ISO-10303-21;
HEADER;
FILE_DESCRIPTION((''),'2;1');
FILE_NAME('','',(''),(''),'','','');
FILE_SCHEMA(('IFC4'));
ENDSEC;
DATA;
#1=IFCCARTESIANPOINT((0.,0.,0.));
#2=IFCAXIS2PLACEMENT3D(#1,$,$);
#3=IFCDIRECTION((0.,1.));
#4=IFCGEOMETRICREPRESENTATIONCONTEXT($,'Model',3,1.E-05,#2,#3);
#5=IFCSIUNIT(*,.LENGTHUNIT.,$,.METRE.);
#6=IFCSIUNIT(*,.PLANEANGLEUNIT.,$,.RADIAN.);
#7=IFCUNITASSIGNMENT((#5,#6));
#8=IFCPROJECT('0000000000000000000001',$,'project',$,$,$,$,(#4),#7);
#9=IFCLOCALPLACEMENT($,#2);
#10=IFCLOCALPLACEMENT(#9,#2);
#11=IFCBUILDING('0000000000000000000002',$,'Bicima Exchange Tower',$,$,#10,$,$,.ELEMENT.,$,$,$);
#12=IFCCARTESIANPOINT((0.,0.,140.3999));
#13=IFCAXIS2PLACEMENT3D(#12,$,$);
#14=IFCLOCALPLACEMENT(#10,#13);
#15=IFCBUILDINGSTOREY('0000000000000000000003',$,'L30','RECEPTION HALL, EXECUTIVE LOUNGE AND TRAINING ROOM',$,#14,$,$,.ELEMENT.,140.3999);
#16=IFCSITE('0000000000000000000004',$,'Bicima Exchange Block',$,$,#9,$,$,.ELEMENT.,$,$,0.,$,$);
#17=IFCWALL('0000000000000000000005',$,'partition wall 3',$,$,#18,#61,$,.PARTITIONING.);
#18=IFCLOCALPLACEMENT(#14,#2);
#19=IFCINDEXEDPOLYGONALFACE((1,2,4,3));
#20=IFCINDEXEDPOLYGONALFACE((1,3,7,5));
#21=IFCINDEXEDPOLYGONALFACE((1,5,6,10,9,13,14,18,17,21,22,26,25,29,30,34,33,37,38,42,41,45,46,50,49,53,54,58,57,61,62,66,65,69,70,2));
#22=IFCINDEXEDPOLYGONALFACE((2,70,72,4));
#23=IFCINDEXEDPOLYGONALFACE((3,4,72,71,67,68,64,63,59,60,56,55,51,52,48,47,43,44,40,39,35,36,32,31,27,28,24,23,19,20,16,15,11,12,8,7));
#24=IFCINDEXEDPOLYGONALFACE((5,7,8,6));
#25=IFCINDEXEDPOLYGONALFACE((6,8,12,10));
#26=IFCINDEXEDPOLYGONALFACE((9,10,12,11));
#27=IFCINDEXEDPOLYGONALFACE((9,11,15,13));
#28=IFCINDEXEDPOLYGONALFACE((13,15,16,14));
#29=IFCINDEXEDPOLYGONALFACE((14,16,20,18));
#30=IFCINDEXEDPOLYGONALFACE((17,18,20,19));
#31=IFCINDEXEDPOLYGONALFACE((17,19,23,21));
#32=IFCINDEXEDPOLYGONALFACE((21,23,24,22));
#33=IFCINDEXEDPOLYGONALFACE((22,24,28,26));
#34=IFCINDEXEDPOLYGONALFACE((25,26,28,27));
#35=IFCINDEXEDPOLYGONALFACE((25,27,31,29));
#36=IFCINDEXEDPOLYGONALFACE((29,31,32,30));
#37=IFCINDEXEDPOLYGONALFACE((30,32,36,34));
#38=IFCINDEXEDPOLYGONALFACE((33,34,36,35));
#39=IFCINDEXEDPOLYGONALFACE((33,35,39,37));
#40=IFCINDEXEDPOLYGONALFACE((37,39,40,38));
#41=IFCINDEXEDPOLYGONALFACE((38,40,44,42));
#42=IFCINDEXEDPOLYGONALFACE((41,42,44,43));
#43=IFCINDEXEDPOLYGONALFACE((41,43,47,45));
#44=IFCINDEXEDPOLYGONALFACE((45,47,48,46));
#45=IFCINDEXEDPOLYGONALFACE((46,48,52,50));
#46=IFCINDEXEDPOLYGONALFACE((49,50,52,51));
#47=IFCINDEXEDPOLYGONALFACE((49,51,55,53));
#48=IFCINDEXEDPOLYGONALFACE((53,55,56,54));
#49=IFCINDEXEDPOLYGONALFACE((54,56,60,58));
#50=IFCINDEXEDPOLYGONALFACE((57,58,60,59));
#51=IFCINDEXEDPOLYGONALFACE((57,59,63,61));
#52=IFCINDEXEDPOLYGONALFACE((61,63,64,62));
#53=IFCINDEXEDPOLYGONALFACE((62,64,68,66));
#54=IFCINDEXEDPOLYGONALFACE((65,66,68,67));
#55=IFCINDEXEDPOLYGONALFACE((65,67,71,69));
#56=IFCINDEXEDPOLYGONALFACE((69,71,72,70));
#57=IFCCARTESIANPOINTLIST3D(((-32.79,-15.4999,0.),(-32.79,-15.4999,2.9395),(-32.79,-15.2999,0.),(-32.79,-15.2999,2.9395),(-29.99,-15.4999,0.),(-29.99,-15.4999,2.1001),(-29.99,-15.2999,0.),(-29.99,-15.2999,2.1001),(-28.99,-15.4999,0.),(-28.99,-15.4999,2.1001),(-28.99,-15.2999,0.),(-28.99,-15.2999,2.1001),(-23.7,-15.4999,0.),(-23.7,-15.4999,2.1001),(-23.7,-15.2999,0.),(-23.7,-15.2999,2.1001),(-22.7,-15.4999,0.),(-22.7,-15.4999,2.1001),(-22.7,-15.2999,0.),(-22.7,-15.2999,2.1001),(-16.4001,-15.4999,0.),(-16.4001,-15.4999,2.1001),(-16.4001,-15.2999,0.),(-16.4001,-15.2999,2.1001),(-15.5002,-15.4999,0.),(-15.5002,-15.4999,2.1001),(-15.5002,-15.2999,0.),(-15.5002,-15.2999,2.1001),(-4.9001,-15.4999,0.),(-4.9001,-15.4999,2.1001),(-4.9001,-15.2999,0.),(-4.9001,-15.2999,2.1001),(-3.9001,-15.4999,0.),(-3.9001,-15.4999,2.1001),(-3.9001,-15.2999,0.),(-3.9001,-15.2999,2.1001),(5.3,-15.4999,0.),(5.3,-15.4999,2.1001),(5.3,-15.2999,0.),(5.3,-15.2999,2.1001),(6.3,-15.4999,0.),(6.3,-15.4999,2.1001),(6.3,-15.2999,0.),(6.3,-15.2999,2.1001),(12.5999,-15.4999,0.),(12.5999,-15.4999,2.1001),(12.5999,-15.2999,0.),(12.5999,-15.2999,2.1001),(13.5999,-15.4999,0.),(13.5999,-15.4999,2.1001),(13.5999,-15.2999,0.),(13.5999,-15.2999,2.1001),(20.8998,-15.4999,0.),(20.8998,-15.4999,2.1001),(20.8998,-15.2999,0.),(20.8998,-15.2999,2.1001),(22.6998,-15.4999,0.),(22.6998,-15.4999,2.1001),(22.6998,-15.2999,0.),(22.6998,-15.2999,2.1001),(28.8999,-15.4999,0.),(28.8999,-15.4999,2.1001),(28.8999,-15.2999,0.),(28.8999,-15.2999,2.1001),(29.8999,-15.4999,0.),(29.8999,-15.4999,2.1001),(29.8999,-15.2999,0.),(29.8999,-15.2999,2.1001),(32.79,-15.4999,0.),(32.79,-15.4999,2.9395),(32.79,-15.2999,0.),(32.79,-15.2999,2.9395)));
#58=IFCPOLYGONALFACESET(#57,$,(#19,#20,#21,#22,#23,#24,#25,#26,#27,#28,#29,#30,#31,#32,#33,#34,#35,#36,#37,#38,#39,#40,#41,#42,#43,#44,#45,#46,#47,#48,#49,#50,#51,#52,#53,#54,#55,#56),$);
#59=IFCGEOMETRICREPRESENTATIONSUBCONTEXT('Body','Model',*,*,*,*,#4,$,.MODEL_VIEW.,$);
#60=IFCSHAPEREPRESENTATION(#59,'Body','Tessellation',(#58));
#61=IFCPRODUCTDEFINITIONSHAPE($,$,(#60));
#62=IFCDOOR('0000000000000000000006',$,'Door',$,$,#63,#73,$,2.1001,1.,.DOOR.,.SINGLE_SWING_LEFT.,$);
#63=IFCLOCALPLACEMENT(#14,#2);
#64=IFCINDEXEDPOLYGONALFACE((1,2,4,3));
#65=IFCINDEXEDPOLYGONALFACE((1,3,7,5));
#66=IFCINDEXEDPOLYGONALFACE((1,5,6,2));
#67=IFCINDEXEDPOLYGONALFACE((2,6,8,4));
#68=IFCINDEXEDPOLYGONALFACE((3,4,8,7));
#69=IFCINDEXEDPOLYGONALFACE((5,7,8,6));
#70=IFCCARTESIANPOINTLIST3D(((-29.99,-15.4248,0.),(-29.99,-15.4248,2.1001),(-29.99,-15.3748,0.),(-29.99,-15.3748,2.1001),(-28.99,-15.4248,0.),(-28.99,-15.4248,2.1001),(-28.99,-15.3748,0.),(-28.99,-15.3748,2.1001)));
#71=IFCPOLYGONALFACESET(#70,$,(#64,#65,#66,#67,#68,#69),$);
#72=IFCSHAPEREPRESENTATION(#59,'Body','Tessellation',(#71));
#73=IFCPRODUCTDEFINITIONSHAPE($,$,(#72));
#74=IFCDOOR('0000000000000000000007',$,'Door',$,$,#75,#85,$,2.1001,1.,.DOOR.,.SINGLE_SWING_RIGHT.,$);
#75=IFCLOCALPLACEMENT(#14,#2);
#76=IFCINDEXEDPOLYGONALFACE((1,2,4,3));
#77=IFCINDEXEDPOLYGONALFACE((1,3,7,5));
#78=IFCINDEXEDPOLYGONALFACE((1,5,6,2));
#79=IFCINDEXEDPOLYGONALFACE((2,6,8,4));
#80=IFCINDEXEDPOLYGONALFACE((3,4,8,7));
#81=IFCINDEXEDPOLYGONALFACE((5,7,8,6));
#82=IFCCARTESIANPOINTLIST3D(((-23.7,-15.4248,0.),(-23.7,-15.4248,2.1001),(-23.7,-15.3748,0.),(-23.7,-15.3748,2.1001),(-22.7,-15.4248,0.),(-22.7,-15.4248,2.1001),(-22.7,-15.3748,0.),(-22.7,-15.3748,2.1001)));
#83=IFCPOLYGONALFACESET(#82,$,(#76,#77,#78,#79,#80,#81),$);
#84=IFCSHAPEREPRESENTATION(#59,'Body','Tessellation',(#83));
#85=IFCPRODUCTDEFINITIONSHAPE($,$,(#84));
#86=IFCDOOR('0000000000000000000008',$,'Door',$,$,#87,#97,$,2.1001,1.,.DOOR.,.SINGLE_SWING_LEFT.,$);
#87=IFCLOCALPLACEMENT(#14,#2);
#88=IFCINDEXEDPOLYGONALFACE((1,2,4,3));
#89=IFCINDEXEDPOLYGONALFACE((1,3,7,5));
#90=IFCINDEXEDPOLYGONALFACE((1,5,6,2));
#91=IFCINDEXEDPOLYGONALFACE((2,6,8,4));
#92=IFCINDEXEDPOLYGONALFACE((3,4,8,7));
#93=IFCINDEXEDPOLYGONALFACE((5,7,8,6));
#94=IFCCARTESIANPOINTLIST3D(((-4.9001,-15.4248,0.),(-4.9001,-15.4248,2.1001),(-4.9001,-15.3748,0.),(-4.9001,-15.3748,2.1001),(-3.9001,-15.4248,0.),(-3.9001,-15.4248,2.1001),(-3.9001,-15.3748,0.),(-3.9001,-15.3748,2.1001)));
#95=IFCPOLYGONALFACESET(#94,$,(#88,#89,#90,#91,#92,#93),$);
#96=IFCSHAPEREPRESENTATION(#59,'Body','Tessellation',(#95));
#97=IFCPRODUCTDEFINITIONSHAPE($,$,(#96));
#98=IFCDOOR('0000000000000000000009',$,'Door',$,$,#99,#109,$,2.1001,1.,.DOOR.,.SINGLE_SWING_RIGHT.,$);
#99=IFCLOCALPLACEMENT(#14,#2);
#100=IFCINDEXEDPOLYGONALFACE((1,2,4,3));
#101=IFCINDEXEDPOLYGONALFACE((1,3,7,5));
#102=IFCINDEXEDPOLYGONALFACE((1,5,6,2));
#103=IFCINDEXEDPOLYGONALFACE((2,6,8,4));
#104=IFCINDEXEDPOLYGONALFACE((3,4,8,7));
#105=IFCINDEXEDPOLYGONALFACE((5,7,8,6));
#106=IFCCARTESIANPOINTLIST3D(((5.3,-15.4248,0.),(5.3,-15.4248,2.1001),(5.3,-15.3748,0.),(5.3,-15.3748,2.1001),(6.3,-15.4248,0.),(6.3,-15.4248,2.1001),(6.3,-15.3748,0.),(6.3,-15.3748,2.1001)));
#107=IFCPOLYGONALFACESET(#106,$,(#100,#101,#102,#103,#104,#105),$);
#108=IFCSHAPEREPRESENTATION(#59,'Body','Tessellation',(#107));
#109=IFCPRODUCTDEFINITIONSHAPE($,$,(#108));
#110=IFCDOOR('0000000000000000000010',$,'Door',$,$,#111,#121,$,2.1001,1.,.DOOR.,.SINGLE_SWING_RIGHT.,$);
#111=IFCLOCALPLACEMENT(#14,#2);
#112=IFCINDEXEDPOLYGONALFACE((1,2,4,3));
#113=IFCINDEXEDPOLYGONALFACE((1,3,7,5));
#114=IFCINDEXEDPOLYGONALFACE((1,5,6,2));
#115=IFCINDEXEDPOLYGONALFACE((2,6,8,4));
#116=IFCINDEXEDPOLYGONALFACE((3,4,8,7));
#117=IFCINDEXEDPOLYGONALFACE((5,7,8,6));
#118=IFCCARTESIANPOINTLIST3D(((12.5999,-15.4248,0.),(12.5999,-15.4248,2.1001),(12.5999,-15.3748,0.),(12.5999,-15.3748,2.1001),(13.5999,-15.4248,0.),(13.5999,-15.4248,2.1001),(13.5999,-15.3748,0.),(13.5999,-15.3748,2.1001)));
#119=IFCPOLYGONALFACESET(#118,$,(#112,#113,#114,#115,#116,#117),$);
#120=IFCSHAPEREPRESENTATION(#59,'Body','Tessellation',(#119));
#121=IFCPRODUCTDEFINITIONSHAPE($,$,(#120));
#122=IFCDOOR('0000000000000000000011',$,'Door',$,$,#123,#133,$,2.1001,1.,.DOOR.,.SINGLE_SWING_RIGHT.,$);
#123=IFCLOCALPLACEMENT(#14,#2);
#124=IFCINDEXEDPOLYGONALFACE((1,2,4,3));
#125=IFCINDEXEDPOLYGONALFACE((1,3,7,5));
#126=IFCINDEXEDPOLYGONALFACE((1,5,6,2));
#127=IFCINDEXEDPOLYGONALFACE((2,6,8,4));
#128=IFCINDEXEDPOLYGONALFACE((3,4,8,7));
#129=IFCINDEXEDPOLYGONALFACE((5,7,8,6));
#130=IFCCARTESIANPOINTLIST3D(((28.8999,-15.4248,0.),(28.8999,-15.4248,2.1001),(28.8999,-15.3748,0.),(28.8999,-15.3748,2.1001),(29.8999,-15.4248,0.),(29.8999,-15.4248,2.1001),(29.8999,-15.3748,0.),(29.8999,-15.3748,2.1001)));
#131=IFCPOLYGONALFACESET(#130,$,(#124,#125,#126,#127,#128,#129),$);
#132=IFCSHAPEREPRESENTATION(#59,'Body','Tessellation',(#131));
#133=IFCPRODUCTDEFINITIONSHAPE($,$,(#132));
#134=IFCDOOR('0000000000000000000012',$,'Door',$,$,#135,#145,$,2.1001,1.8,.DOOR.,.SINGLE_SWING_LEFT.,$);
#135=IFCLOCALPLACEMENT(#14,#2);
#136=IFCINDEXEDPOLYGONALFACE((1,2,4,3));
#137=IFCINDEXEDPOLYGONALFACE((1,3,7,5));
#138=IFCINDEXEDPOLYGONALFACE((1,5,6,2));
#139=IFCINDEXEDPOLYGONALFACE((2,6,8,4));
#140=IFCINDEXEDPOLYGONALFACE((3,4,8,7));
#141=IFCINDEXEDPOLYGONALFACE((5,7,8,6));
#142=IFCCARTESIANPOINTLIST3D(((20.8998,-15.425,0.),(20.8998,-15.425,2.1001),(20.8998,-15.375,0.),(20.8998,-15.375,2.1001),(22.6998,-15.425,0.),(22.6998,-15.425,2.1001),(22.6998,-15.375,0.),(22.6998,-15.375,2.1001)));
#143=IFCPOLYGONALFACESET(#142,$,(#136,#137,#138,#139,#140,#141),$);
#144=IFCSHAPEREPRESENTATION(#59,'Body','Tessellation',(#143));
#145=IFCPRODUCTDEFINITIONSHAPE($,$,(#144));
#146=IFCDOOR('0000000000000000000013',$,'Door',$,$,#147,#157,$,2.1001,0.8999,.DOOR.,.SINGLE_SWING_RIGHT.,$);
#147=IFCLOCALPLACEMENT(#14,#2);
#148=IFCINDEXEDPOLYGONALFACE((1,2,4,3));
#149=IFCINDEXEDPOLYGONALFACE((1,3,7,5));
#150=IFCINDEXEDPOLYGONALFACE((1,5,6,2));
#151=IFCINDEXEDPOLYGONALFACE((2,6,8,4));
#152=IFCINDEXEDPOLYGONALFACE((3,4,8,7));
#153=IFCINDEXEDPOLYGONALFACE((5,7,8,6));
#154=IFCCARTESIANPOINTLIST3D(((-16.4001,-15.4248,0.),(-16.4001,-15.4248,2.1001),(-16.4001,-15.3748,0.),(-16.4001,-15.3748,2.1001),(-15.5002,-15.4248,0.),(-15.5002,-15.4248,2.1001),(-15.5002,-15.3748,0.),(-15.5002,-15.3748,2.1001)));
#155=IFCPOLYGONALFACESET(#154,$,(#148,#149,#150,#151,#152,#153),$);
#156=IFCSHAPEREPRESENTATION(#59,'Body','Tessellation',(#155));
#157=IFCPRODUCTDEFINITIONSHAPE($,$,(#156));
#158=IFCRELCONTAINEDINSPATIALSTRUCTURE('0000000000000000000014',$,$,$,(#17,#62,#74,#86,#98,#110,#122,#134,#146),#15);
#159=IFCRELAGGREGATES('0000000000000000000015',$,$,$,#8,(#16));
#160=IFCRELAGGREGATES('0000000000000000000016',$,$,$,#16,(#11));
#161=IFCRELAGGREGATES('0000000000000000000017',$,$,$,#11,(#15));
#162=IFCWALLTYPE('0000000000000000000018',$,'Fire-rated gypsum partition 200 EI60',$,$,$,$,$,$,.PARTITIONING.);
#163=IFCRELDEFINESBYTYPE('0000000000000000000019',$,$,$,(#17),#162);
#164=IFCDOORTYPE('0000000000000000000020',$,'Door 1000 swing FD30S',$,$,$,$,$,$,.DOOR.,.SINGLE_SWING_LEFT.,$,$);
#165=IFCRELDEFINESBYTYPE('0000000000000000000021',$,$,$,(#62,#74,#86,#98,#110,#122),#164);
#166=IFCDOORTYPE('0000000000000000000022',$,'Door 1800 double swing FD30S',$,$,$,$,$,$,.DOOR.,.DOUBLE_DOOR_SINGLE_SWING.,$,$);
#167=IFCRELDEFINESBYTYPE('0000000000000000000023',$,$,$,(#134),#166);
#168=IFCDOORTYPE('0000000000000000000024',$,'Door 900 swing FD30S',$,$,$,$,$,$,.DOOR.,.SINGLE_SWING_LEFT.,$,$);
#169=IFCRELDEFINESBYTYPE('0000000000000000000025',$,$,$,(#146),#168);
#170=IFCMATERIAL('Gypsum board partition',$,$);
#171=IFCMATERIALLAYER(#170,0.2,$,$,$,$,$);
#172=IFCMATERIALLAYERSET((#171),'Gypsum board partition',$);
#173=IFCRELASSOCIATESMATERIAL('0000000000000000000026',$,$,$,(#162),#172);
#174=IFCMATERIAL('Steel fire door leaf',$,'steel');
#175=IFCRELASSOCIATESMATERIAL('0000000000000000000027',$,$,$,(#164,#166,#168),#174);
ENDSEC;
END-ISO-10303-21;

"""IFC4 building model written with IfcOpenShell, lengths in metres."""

from ifc_helpers import new_model, si_unit, direction, frame, frame_2d, origin, place, context, subcontext, project, spatial, rectangle, extrude, material, layer, layer_set, type_object, element, fill, save


model = new_model("IFC4")

# Units and contexts
model_context = context("Model", 3, precision=1e-05, world=origin(), true_north=direction((0.0, 1.0)))
body_context = subcontext(model_context, "Body", "Model", "MODEL_VIEW")
ifc_project = project(units=[si_unit("LENGTHUNIT", "METRE"), si_unit("PLANEANGLEUNIT", "RADIAN")], contexts=[model_context])

# Site, building, storey
site_placement = place(None, origin())
site = spatial("IfcSite", under=ifc_project, at=site_placement, Name="Bicima Exchange Block", CompositionType="ELEMENT", RefElevation=0.0)
building_placement = place(site_placement, origin())
building = spatial("IfcBuilding", under=site, at=building_placement, Name="Bicima Exchange Tower", CompositionType="ELEMENT")
storey_placement = place(building_placement, frame((0.0, 0.0, 140.3999)))
storey = spatial("IfcBuildingStorey", under=building, at=storey_placement, Name="L30", Description="RECEPTION HALL, EXECUTIVE LOUNGE AND TRAINING ROOM", CompositionType="ELEMENT", Elevation=140.3999)

# Wall, openings, doors
ifc_material_1 = material(Name="Gypsum board partition")
ifc_layer_1 = layer(ifc_material_1, 0.2)
ifc_layer_set_1 = layer_set([ifc_layer_1], Name="Gypsum board partition")
wall_type = type_object("IfcWallType", Name="Fire-rated gypsum partition 200 EI60", PredefinedType="PARTITIONING", material=ifc_layer_set_1)
wall_placement = place(storey_placement, frame((-32.79, -15.3999, 0.0), z_axis=(0.0, 0.0, 1.0), x_axis=(1.0, 0.0, 0.0)))
wall = element("IfcWall", 1, at=wall_placement, inside=storey, type_object=wall_type, Name="partition wall 3", PredefinedType="PARTITIONING", context=body_context, shape_type="SweptSolid", body=[
    extrude(rectangle(XDim=65.5801, YDim=0.2, at=frame_2d((32.79, 0.0))), origin(), (0.0, 0.0, 1.0), 2.9395),
])
opening_1_placement = place(wall_placement, frame((2.8, 0.0, 0.0)))
opening_1 = element("IfcOpeningElement", 2, at=opening_1_placement, cuts=wall, PredefinedType="OPENING", context=body_context, shape_type="SweptSolid", body=[
    extrude(rectangle(XDim=1.0, YDim=2.1001, at=frame_2d((0.5, 1.05))), frame((0.0, 0.1118, 0.0), z_axis=(0.0, -1.0, 0.0), x_axis=(1.0, 0.0, 0.0)), (0.0, 0.0, 1.0), 0.2239),
])
opening_2_placement = place(wall_placement, frame((9.0901, 0.0, 0.0)))
opening_2 = element("IfcOpeningElement", 3, at=opening_2_placement, cuts=wall, PredefinedType="OPENING", context=body_context, shape_type="SweptSolid", body=[
    extrude(rectangle(XDim=1.0, YDim=2.1001, at=frame_2d((0.5, 1.05))), frame((0.0, 0.1118, 0.0), z_axis=(0.0, -1.0, 0.0), x_axis=(1.0, 0.0, 0.0)), (0.0, 0.0, 1.0), 0.2239),
])
opening_3_placement = place(wall_placement, frame((16.3899, 0.0, 0.0)))
opening_3 = element("IfcOpeningElement", 4, at=opening_3_placement, cuts=wall, PredefinedType="OPENING", context=body_context, shape_type="SweptSolid", body=[
    extrude(rectangle(XDim=0.8999, YDim=2.1001, at=frame_2d((0.45, 1.05))), frame((0.0, 0.1118, 0.0), z_axis=(0.0, -1.0, 0.0), x_axis=(1.0, 0.0, 0.0)), (0.0, 0.0, 1.0), 0.2239),
])
opening_4_placement = place(wall_placement, frame((27.8899, 0.0, 0.0)))
opening_4 = element("IfcOpeningElement", 5, at=opening_4_placement, cuts=wall, PredefinedType="OPENING", context=body_context, shape_type="SweptSolid", body=[
    extrude(rectangle(XDim=1.0, YDim=2.1001, at=frame_2d((0.5, 1.05))), frame((0.0, 0.1118, 0.0), z_axis=(0.0, -1.0, 0.0), x_axis=(1.0, 0.0, 0.0)), (0.0, 0.0, 1.0), 0.2239),
])
opening_5_placement = place(wall_placement, frame((38.0901, 0.0, 0.0)))
opening_5 = element("IfcOpeningElement", 6, at=opening_5_placement, cuts=wall, PredefinedType="OPENING", context=body_context, shape_type="SweptSolid", body=[
    extrude(rectangle(XDim=1.0, YDim=2.1001, at=frame_2d((0.5, 1.05))), frame((0.0, 0.1118, 0.0), z_axis=(0.0, -1.0, 0.0), x_axis=(1.0, 0.0, 0.0)), (0.0, 0.0, 1.0), 0.2239),
])
opening_6_placement = place(wall_placement, frame((45.3899, 0.0, 0.0)))
opening_6 = element("IfcOpeningElement", 7, at=opening_6_placement, cuts=wall, PredefinedType="OPENING", context=body_context, shape_type="SweptSolid", body=[
    extrude(rectangle(XDim=1.0, YDim=2.1001, at=frame_2d((0.5, 1.05))), frame((0.0, 0.1118, 0.0), z_axis=(0.0, -1.0, 0.0), x_axis=(1.0, 0.0, 0.0)), (0.0, 0.0, 1.0), 0.2239),
])
opening_7_placement = place(wall_placement, frame((53.6899, 0.0, 0.0)))
opening_7 = element("IfcOpeningElement", 8, at=opening_7_placement, cuts=wall, PredefinedType="OPENING", context=body_context, shape_type="SweptSolid", body=[
    extrude(rectangle(XDim=1.8, YDim=2.1001, at=frame_2d((0.8999, 1.05))), frame((0.0, 0.1118, 0.0), z_axis=(0.0, -1.0, 0.0), x_axis=(1.0, 0.0, 0.0)), (0.0, 0.0, 1.0), 0.2239),
])
opening_8_placement = place(wall_placement, frame((61.6899, 0.0, 0.0)))
opening_8 = element("IfcOpeningElement", 9, at=opening_8_placement, cuts=wall, PredefinedType="OPENING", context=body_context, shape_type="SweptSolid", body=[
    extrude(rectangle(XDim=1.0, YDim=2.1001, at=frame_2d((0.5, 1.05))), frame((0.0, 0.1118, 0.0), z_axis=(0.0, -1.0, 0.0), x_axis=(1.0, 0.0, 0.0)), (0.0, 0.0, 1.0), 0.2239),
])
ifc_material_2 = material(Name="Steel fire door leaf", Category="steel")
door_type_1 = type_object("IfcDoorType", Name="Door 1000 swing FD30S", OperationType="SINGLE_SWING_LEFT", PredefinedType="DOOR", material=ifc_material_2)
door_1_placement = place(opening_1_placement, frame((1.0, 0.0, 0.0), z_axis=(0.0, 0.0, 1.0), x_axis=(-1.0, 0.0, 0.0)))
door_1 = element("IfcDoor", 10, at=door_1_placement, inside=storey, type_object=door_type_1, Name="Door", OperationType="SINGLE_SWING_LEFT", OverallHeight=2.1001, OverallWidth=1.0, PredefinedType="DOOR", context=body_context, shape_type="SweptSolid", body=[
    extrude(rectangle(XDim=1.0, YDim=2.1001, at=frame_2d((0.5, 1.05))), frame((0.0, 0.0249, 0.0), z_axis=(0.0, -1.0, 0.0), x_axis=(1.0, 0.0, 0.0)), (0.0, 0.0, 1.0), 0.05),
])
fill(opening_1, door_1)
door_2_placement = place(opening_2_placement, frame((1.0, 0.0, 0.0), z_axis=(0.0, 0.0, 1.0), x_axis=(-1.0, 0.0, 0.0)))
door_2 = element("IfcDoor", 11, at=door_2_placement, inside=storey, type_object=door_type_1, Name="Door", OperationType="SINGLE_SWING_RIGHT", OverallHeight=2.1001, OverallWidth=1.0, PredefinedType="DOOR", context=body_context, shape_type="SweptSolid", body=[
    extrude(rectangle(XDim=1.0, YDim=2.1001, at=frame_2d((0.5, 1.05))), frame((0.0, 0.0249, 0.0), z_axis=(0.0, -1.0, 0.0), x_axis=(1.0, 0.0, 0.0)), (0.0, 0.0, 1.0), 0.05),
])
fill(opening_2, door_2)
door_3_placement = place(opening_4_placement, frame((1.0, 0.0, 0.0), z_axis=(0.0, 0.0, 1.0), x_axis=(-1.0, 0.0, 0.0)))
door_3 = element("IfcDoor", 12, at=door_3_placement, inside=storey, type_object=door_type_1, Name="Door", OperationType="SINGLE_SWING_LEFT", OverallHeight=2.1001, OverallWidth=1.0, PredefinedType="DOOR", context=body_context, shape_type="SweptSolid", body=[
    extrude(rectangle(XDim=1.0, YDim=2.1001, at=frame_2d((0.5, 1.05))), frame((0.0, 0.0249, 0.0), z_axis=(0.0, -1.0, 0.0), x_axis=(1.0, 0.0, 0.0)), (0.0, 0.0, 1.0), 0.05),
])
fill(opening_4, door_3)
door_4_placement = place(opening_5_placement, frame((1.0, 0.0, 0.0), z_axis=(0.0, 0.0, 1.0), x_axis=(-1.0, 0.0, 0.0)))
door_4 = element("IfcDoor", 13, at=door_4_placement, inside=storey, type_object=door_type_1, Name="Door", OperationType="SINGLE_SWING_RIGHT", OverallHeight=2.1001, OverallWidth=1.0, PredefinedType="DOOR", context=body_context, shape_type="SweptSolid", body=[
    extrude(rectangle(XDim=1.0, YDim=2.1001, at=frame_2d((0.5, 1.05))), frame((0.0, 0.0249, 0.0), z_axis=(0.0, -1.0, 0.0), x_axis=(1.0, 0.0, 0.0)), (0.0, 0.0, 1.0), 0.05),
])
fill(opening_5, door_4)
door_5_placement = place(opening_6_placement, frame((1.0, 0.0, 0.0), z_axis=(0.0, 0.0, 1.0), x_axis=(-1.0, 0.0, 0.0)))
door_5 = element("IfcDoor", 14, at=door_5_placement, inside=storey, type_object=door_type_1, Name="Door", OperationType="SINGLE_SWING_RIGHT", OverallHeight=2.1001, OverallWidth=1.0, PredefinedType="DOOR", context=body_context, shape_type="SweptSolid", body=[
    extrude(rectangle(XDim=1.0, YDim=2.1001, at=frame_2d((0.5, 1.05))), frame((0.0, 0.0249, 0.0), z_axis=(0.0, -1.0, 0.0), x_axis=(1.0, 0.0, 0.0)), (0.0, 0.0, 1.0), 0.05),
])
fill(opening_6, door_5)
door_6_placement = place(opening_8_placement, frame((1.0, 0.0, 0.0), z_axis=(0.0, 0.0, 1.0), x_axis=(-1.0, 0.0, 0.0)))
door_6 = element("IfcDoor", 15, at=door_6_placement, inside=storey, type_object=door_type_1, Name="Door", OperationType="SINGLE_SWING_RIGHT", OverallHeight=2.1001, OverallWidth=1.0, PredefinedType="DOOR", context=body_context, shape_type="SweptSolid", body=[
    extrude(rectangle(XDim=1.0, YDim=2.1001, at=frame_2d((0.5, 1.05))), frame((0.0, 0.0249, 0.0), z_axis=(0.0, -1.0, 0.0), x_axis=(1.0, 0.0, 0.0)), (0.0, 0.0, 1.0), 0.05),
])
fill(opening_8, door_6)
door_type_2 = type_object("IfcDoorType", Name="Door 1800 double swing FD30S", OperationType="DOUBLE_DOOR_SINGLE_SWING", PredefinedType="DOOR", material=ifc_material_2)
door_7_placement = place(opening_7_placement, origin())
door_7 = element("IfcDoor", 16, at=door_7_placement, inside=storey, type_object=door_type_2, Name="Door", OperationType="SINGLE_SWING_LEFT", OverallHeight=2.1001, OverallWidth=1.8, PredefinedType="DOOR", context=body_context, shape_type="SweptSolid", body=[
    extrude(rectangle(XDim=1.8, YDim=2.1001, at=frame_2d((0.8999, 1.05))), frame((0.0, 0.0249, 0.0), z_axis=(0.0, -1.0, 0.0), x_axis=(1.0, 0.0, 0.0)), (0.0, 0.0, 1.0), 0.05),
])
fill(opening_7, door_7)
door_type_3 = type_object("IfcDoorType", Name="Door 900 swing FD30S", OperationType="SINGLE_SWING_LEFT", PredefinedType="DOOR", material=ifc_material_2)
door_8_placement = place(opening_3_placement, frame((0.8999, 0.0, 0.0), z_axis=(0.0, 0.0, 1.0), x_axis=(-1.0, 0.0, 0.0)))
door_8 = element("IfcDoor", 17, at=door_8_placement, inside=storey, type_object=door_type_3, Name="Door", OperationType="SINGLE_SWING_RIGHT", OverallHeight=2.1001, OverallWidth=0.8999, PredefinedType="DOOR", context=body_context, shape_type="SweptSolid", body=[
    extrude(rectangle(XDim=0.8999, YDim=2.1001, at=frame_2d((0.45, 1.05))), frame((0.0, 0.0249, 0.0), z_axis=(0.0, -1.0, 0.0), x_axis=(1.0, 0.0, 0.0)), (0.0, 0.0, 1.0), 0.05),
])
fill(opening_3, door_8)

save(model, "model.ifc")
